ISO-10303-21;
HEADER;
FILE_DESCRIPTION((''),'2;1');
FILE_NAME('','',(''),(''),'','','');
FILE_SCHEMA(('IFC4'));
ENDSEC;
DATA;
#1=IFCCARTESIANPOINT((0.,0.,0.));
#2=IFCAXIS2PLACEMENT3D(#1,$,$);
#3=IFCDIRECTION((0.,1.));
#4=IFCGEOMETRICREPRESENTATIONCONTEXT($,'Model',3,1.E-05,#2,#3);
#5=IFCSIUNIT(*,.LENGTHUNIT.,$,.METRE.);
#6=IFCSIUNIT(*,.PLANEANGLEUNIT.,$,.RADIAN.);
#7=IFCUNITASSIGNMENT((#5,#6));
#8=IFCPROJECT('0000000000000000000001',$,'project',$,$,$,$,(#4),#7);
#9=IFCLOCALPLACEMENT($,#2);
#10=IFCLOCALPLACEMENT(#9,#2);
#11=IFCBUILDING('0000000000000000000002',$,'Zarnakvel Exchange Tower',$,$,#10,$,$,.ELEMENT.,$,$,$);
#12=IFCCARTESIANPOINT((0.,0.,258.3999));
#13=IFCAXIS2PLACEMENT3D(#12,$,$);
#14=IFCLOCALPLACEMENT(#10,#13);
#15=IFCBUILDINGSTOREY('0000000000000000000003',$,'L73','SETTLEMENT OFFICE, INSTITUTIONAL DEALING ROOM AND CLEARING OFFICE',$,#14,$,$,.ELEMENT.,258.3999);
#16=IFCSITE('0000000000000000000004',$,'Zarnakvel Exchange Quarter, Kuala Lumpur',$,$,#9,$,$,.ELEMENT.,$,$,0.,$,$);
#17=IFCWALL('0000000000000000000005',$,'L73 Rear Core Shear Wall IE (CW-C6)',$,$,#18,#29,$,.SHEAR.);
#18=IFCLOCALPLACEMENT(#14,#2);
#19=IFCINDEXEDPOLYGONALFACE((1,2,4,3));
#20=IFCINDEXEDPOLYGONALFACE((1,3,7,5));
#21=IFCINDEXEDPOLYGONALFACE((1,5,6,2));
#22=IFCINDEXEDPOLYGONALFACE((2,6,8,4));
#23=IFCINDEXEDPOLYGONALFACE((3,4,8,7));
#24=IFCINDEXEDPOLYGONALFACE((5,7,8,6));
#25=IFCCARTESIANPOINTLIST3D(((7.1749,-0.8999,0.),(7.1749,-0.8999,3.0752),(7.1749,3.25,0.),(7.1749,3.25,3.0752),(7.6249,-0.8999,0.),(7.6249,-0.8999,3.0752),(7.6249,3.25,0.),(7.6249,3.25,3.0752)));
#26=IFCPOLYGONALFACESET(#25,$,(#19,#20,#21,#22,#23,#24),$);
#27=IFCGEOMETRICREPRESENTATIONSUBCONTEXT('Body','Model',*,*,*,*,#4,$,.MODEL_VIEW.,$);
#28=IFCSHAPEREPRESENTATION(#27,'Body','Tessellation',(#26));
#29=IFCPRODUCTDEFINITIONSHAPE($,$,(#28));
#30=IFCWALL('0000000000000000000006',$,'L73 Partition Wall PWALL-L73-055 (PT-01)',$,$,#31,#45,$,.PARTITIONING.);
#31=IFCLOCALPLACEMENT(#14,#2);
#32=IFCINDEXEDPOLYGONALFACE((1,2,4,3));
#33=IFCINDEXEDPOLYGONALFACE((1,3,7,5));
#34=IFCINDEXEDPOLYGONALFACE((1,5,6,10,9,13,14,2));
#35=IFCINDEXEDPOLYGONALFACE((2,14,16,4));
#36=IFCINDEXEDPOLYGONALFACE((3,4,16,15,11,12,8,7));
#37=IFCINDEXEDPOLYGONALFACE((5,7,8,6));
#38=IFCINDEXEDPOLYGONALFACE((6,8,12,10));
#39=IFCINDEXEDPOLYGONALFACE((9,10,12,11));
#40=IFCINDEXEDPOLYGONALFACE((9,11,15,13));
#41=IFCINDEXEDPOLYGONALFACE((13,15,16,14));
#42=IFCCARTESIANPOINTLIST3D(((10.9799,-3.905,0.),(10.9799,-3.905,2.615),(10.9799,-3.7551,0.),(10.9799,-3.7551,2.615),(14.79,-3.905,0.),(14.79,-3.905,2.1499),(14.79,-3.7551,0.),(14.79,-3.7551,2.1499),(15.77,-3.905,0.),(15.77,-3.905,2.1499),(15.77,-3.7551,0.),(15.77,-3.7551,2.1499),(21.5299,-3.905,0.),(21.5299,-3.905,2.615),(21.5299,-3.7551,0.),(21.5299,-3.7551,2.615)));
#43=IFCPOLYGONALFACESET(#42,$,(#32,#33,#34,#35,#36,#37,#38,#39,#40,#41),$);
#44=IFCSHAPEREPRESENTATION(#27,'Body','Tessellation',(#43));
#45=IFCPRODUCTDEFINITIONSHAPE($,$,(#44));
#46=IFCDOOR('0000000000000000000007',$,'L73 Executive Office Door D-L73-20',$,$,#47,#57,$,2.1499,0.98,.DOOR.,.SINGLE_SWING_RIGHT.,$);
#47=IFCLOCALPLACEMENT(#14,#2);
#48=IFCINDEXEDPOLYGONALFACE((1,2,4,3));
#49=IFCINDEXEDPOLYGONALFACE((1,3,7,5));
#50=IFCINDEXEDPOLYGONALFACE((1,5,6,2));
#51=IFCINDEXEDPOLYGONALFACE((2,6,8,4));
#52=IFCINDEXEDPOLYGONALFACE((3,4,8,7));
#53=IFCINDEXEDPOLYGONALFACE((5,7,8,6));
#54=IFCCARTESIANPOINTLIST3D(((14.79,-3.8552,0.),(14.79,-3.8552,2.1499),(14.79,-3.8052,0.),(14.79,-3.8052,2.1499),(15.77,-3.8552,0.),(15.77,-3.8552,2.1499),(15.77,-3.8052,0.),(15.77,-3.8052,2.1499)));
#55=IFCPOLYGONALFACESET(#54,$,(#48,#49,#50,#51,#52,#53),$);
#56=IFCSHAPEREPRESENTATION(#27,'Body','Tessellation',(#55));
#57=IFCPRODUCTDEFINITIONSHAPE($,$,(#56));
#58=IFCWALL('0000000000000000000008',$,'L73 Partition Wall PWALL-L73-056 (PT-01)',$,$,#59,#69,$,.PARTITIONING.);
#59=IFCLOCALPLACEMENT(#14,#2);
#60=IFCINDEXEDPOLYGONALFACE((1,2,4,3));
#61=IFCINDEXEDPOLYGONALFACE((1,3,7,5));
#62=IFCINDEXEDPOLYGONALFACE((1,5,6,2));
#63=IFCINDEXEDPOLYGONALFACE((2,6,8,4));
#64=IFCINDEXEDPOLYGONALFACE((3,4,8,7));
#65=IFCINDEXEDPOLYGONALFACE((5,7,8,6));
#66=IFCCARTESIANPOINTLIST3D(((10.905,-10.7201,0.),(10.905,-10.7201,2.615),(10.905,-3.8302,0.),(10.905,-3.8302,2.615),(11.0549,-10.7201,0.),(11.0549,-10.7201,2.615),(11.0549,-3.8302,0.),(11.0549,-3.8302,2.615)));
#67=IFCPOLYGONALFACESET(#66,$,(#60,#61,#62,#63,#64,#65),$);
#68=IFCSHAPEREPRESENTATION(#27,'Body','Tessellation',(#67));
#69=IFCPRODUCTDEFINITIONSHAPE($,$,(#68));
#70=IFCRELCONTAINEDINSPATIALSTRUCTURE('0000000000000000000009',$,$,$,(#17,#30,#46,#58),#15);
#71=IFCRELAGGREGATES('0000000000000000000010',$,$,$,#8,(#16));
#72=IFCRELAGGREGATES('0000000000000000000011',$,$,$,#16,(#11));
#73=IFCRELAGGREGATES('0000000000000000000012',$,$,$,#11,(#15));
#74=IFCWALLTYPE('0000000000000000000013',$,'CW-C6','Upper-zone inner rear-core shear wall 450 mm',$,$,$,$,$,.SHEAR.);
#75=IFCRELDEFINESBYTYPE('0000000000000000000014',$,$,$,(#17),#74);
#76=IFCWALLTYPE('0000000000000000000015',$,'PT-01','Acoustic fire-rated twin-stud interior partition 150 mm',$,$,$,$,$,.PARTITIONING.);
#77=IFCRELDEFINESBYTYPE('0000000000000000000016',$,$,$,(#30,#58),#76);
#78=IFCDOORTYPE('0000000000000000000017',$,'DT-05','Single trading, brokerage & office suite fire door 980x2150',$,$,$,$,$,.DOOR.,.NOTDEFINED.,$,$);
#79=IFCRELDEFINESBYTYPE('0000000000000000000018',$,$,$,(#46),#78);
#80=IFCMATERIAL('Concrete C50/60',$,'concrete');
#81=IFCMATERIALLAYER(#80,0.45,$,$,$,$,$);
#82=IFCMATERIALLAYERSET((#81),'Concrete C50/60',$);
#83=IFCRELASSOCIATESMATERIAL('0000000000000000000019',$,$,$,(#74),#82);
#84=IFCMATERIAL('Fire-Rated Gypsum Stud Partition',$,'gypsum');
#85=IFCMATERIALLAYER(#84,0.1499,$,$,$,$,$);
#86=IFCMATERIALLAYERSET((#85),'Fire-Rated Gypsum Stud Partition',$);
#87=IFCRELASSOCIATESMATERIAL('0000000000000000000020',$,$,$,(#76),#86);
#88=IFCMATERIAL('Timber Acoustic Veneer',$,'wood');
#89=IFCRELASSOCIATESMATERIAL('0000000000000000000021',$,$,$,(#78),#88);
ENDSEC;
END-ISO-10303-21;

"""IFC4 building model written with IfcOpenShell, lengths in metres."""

from ifc_helpers import new_model, si_unit, direction, frame, frame_2d, origin, place, context, subcontext, project, spatial, rectangle, extrude, source, transform, mapped, material, layer, layer_set, type_object, element, fill, save


model = new_model("IFC4")

# Units and contexts
model_context = context("Model", 3, precision=1e-05, world=origin(), true_north=direction((0.0, 1.0)))
body_context = subcontext(model_context, "Body", "Model", "MODEL_VIEW")
ifc_project = project(units=[si_unit("LENGTHUNIT", "METRE"), si_unit("PLANEANGLEUNIT", "RADIAN")], contexts=[model_context])

# Site, building, storey
site_placement = place(None, origin())
site = spatial("IfcSite", under=ifc_project, at=site_placement, Name="Zarnakvel Exchange Quarter, Kuala Lumpur", CompositionType="ELEMENT", RefElevation=0.0)
building_placement = place(site_placement, origin())
building = spatial("IfcBuilding", under=site, at=building_placement, Name="Zarnakvel Exchange Tower", CompositionType="ELEMENT")
storey_placement = place(building_placement, frame((0.0, 0.0, 258.3999)))
storey = spatial("IfcBuildingStorey", under=building, at=storey_placement, Name="L73", Description="SETTLEMENT OFFICE, INSTITUTIONAL DEALING ROOM AND CLEARING OFFICE", CompositionType="ELEMENT", Elevation=258.3999)

# Shared definitions
ifc_material_1 = material(Name="Concrete C50/60", Category="concrete")

# Wall
ifc_layer_1 = layer(ifc_material_1, 0.45)
ifc_layer_set_1 = layer_set([ifc_layer_1], Name="Concrete C50/60")
wall_type_1 = type_object("IfcWallType", Name="CW-C6", Description="Upper-zone inner rear-core shear wall 450 mm", PredefinedType="SHEAR", material=ifc_layer_set_1)
wall_1_placement = place(storey_placement, frame((7.3999, -0.8999, 0.0), z_axis=(0.0, 0.0, 1.0), x_axis=(0.0, 1.0, 0.0)))
element("IfcWall", 1, at=wall_1_placement, inside=storey, type_object=wall_type_1, Name="L73 Rear Core Shear Wall IE (CW-C6)", PredefinedType="SHEAR", context=body_context, shape_type="SweptSolid", body=[
    extrude(rectangle(XDim=4.1499, YDim=0.45, at=frame_2d((2.075, 0.0))), origin(), (0.0, 0.0, 1.0), 3.0752),
])

# Wall, opening, door
ifc_material_2 = material(Name="Fire-Rated Gypsum Stud Partition", Category="gypsum")
ifc_layer_2 = layer(ifc_material_2, 0.1499)
ifc_layer_set_2 = layer_set([ifc_layer_2], Name="Fire-Rated Gypsum Stud Partition")
wall_type_2 = type_object("IfcWallType", Name="PT-01", Description="Acoustic fire-rated twin-stud interior partition 150 mm", PredefinedType="PARTITIONING", material=ifc_layer_set_2)
wall_2_placement = place(storey_placement, frame((10.98, -3.8301, 0.0), z_axis=(0.0, 0.0, 1.0), x_axis=(1.0, 0.0, 0.0)))
wall_2 = element("IfcWall", 2, at=wall_2_placement, inside=storey, type_object=wall_type_2, Name="L73 Partition Wall PWALL-L73-055 (PT-01)", PredefinedType="PARTITIONING", context=body_context, shape_type="SweptSolid", body=[
    extrude(rectangle(XDim=10.55, YDim=0.1499, at=frame_2d((5.2749, 0.0))), origin(), (0.0, 0.0, 1.0), 2.615),
])
opening_1_placement = place(wall_2_placement, frame((3.8101, 0.0, 0.0)))
opening_1 = element("IfcOpeningElement", 3, at=opening_1_placement, cuts=wall_2, PredefinedType="OPENING", context=body_context, shape_type="SweptSolid", body=[
    extrude(rectangle(XDim=0.98, YDim=2.1499, at=frame_2d((0.49, 1.075))), frame((0.0, 0.085, 0.0), z_axis=(0.0, -1.0, 0.0), x_axis=(1.0, 0.0, 0.0)), (0.0, 0.0, 1.0), 0.1699),
])
ifc_material_3 = material(Name="Timber Acoustic Veneer", Category="wood")
door_type_1 = type_object("IfcDoorType", Name="DT-05", Description="Single trading, brokerage & office suite fire door 980x2150", OperationType="NOTDEFINED", PredefinedType="DOOR", material=ifc_material_3)
shared_shape_1 = source(origin(), body_context, "Body", "SweptSolid", [
    extrude(rectangle(XDim=0.98, YDim=2.1499, at=frame_2d((0.49, 1.075))), frame((0.0, 0.0249, 0.0), z_axis=(0.0, -1.0, 0.0), x_axis=(1.0, 0.0, 0.0)), (0.0, 0.0, 1.0), 0.05),
])
door_1_placement = place(opening_1_placement, origin())
door_1 = element("IfcDoor", 4, at=door_1_placement, inside=storey, type_object=door_type_1, Name="L73 Executive Office Door D-L73-20", OperationType="SINGLE_SWING_RIGHT", OverallHeight=2.1499, OverallWidth=0.98, PredefinedType="DOOR", context=body_context, shape_type="MappedRepresentation", body=[
    mapped(shared_shape_1, transform((0.0, 0.0, 0.0), x_axis=(1.0, 0.0, 0.0), y_axis=(0.0, 1.0, 0.0), z_axis=(0.0, 0.0, 1.0), scale=1.0)),
])
fill(opening_1, door_1)

# Wall
wall_3_placement = place(storey_placement, frame((10.98, -10.72, 0.0), z_axis=(0.0, 0.0, 1.0), x_axis=(0.0, 1.0, 0.0)))
element("IfcWall", 5, at=wall_3_placement, inside=storey, type_object=wall_type_2, Name="L73 Partition Wall PWALL-L73-056 (PT-01)", PredefinedType="PARTITIONING", context=body_context, shape_type="SweptSolid", body=[
    extrude(rectangle(XDim=6.8899, YDim=0.1499, at=frame_2d((3.4448, 0.0))), origin(), (0.0, 0.0, 1.0), 2.615),
])

save(model, "model.ifc")
